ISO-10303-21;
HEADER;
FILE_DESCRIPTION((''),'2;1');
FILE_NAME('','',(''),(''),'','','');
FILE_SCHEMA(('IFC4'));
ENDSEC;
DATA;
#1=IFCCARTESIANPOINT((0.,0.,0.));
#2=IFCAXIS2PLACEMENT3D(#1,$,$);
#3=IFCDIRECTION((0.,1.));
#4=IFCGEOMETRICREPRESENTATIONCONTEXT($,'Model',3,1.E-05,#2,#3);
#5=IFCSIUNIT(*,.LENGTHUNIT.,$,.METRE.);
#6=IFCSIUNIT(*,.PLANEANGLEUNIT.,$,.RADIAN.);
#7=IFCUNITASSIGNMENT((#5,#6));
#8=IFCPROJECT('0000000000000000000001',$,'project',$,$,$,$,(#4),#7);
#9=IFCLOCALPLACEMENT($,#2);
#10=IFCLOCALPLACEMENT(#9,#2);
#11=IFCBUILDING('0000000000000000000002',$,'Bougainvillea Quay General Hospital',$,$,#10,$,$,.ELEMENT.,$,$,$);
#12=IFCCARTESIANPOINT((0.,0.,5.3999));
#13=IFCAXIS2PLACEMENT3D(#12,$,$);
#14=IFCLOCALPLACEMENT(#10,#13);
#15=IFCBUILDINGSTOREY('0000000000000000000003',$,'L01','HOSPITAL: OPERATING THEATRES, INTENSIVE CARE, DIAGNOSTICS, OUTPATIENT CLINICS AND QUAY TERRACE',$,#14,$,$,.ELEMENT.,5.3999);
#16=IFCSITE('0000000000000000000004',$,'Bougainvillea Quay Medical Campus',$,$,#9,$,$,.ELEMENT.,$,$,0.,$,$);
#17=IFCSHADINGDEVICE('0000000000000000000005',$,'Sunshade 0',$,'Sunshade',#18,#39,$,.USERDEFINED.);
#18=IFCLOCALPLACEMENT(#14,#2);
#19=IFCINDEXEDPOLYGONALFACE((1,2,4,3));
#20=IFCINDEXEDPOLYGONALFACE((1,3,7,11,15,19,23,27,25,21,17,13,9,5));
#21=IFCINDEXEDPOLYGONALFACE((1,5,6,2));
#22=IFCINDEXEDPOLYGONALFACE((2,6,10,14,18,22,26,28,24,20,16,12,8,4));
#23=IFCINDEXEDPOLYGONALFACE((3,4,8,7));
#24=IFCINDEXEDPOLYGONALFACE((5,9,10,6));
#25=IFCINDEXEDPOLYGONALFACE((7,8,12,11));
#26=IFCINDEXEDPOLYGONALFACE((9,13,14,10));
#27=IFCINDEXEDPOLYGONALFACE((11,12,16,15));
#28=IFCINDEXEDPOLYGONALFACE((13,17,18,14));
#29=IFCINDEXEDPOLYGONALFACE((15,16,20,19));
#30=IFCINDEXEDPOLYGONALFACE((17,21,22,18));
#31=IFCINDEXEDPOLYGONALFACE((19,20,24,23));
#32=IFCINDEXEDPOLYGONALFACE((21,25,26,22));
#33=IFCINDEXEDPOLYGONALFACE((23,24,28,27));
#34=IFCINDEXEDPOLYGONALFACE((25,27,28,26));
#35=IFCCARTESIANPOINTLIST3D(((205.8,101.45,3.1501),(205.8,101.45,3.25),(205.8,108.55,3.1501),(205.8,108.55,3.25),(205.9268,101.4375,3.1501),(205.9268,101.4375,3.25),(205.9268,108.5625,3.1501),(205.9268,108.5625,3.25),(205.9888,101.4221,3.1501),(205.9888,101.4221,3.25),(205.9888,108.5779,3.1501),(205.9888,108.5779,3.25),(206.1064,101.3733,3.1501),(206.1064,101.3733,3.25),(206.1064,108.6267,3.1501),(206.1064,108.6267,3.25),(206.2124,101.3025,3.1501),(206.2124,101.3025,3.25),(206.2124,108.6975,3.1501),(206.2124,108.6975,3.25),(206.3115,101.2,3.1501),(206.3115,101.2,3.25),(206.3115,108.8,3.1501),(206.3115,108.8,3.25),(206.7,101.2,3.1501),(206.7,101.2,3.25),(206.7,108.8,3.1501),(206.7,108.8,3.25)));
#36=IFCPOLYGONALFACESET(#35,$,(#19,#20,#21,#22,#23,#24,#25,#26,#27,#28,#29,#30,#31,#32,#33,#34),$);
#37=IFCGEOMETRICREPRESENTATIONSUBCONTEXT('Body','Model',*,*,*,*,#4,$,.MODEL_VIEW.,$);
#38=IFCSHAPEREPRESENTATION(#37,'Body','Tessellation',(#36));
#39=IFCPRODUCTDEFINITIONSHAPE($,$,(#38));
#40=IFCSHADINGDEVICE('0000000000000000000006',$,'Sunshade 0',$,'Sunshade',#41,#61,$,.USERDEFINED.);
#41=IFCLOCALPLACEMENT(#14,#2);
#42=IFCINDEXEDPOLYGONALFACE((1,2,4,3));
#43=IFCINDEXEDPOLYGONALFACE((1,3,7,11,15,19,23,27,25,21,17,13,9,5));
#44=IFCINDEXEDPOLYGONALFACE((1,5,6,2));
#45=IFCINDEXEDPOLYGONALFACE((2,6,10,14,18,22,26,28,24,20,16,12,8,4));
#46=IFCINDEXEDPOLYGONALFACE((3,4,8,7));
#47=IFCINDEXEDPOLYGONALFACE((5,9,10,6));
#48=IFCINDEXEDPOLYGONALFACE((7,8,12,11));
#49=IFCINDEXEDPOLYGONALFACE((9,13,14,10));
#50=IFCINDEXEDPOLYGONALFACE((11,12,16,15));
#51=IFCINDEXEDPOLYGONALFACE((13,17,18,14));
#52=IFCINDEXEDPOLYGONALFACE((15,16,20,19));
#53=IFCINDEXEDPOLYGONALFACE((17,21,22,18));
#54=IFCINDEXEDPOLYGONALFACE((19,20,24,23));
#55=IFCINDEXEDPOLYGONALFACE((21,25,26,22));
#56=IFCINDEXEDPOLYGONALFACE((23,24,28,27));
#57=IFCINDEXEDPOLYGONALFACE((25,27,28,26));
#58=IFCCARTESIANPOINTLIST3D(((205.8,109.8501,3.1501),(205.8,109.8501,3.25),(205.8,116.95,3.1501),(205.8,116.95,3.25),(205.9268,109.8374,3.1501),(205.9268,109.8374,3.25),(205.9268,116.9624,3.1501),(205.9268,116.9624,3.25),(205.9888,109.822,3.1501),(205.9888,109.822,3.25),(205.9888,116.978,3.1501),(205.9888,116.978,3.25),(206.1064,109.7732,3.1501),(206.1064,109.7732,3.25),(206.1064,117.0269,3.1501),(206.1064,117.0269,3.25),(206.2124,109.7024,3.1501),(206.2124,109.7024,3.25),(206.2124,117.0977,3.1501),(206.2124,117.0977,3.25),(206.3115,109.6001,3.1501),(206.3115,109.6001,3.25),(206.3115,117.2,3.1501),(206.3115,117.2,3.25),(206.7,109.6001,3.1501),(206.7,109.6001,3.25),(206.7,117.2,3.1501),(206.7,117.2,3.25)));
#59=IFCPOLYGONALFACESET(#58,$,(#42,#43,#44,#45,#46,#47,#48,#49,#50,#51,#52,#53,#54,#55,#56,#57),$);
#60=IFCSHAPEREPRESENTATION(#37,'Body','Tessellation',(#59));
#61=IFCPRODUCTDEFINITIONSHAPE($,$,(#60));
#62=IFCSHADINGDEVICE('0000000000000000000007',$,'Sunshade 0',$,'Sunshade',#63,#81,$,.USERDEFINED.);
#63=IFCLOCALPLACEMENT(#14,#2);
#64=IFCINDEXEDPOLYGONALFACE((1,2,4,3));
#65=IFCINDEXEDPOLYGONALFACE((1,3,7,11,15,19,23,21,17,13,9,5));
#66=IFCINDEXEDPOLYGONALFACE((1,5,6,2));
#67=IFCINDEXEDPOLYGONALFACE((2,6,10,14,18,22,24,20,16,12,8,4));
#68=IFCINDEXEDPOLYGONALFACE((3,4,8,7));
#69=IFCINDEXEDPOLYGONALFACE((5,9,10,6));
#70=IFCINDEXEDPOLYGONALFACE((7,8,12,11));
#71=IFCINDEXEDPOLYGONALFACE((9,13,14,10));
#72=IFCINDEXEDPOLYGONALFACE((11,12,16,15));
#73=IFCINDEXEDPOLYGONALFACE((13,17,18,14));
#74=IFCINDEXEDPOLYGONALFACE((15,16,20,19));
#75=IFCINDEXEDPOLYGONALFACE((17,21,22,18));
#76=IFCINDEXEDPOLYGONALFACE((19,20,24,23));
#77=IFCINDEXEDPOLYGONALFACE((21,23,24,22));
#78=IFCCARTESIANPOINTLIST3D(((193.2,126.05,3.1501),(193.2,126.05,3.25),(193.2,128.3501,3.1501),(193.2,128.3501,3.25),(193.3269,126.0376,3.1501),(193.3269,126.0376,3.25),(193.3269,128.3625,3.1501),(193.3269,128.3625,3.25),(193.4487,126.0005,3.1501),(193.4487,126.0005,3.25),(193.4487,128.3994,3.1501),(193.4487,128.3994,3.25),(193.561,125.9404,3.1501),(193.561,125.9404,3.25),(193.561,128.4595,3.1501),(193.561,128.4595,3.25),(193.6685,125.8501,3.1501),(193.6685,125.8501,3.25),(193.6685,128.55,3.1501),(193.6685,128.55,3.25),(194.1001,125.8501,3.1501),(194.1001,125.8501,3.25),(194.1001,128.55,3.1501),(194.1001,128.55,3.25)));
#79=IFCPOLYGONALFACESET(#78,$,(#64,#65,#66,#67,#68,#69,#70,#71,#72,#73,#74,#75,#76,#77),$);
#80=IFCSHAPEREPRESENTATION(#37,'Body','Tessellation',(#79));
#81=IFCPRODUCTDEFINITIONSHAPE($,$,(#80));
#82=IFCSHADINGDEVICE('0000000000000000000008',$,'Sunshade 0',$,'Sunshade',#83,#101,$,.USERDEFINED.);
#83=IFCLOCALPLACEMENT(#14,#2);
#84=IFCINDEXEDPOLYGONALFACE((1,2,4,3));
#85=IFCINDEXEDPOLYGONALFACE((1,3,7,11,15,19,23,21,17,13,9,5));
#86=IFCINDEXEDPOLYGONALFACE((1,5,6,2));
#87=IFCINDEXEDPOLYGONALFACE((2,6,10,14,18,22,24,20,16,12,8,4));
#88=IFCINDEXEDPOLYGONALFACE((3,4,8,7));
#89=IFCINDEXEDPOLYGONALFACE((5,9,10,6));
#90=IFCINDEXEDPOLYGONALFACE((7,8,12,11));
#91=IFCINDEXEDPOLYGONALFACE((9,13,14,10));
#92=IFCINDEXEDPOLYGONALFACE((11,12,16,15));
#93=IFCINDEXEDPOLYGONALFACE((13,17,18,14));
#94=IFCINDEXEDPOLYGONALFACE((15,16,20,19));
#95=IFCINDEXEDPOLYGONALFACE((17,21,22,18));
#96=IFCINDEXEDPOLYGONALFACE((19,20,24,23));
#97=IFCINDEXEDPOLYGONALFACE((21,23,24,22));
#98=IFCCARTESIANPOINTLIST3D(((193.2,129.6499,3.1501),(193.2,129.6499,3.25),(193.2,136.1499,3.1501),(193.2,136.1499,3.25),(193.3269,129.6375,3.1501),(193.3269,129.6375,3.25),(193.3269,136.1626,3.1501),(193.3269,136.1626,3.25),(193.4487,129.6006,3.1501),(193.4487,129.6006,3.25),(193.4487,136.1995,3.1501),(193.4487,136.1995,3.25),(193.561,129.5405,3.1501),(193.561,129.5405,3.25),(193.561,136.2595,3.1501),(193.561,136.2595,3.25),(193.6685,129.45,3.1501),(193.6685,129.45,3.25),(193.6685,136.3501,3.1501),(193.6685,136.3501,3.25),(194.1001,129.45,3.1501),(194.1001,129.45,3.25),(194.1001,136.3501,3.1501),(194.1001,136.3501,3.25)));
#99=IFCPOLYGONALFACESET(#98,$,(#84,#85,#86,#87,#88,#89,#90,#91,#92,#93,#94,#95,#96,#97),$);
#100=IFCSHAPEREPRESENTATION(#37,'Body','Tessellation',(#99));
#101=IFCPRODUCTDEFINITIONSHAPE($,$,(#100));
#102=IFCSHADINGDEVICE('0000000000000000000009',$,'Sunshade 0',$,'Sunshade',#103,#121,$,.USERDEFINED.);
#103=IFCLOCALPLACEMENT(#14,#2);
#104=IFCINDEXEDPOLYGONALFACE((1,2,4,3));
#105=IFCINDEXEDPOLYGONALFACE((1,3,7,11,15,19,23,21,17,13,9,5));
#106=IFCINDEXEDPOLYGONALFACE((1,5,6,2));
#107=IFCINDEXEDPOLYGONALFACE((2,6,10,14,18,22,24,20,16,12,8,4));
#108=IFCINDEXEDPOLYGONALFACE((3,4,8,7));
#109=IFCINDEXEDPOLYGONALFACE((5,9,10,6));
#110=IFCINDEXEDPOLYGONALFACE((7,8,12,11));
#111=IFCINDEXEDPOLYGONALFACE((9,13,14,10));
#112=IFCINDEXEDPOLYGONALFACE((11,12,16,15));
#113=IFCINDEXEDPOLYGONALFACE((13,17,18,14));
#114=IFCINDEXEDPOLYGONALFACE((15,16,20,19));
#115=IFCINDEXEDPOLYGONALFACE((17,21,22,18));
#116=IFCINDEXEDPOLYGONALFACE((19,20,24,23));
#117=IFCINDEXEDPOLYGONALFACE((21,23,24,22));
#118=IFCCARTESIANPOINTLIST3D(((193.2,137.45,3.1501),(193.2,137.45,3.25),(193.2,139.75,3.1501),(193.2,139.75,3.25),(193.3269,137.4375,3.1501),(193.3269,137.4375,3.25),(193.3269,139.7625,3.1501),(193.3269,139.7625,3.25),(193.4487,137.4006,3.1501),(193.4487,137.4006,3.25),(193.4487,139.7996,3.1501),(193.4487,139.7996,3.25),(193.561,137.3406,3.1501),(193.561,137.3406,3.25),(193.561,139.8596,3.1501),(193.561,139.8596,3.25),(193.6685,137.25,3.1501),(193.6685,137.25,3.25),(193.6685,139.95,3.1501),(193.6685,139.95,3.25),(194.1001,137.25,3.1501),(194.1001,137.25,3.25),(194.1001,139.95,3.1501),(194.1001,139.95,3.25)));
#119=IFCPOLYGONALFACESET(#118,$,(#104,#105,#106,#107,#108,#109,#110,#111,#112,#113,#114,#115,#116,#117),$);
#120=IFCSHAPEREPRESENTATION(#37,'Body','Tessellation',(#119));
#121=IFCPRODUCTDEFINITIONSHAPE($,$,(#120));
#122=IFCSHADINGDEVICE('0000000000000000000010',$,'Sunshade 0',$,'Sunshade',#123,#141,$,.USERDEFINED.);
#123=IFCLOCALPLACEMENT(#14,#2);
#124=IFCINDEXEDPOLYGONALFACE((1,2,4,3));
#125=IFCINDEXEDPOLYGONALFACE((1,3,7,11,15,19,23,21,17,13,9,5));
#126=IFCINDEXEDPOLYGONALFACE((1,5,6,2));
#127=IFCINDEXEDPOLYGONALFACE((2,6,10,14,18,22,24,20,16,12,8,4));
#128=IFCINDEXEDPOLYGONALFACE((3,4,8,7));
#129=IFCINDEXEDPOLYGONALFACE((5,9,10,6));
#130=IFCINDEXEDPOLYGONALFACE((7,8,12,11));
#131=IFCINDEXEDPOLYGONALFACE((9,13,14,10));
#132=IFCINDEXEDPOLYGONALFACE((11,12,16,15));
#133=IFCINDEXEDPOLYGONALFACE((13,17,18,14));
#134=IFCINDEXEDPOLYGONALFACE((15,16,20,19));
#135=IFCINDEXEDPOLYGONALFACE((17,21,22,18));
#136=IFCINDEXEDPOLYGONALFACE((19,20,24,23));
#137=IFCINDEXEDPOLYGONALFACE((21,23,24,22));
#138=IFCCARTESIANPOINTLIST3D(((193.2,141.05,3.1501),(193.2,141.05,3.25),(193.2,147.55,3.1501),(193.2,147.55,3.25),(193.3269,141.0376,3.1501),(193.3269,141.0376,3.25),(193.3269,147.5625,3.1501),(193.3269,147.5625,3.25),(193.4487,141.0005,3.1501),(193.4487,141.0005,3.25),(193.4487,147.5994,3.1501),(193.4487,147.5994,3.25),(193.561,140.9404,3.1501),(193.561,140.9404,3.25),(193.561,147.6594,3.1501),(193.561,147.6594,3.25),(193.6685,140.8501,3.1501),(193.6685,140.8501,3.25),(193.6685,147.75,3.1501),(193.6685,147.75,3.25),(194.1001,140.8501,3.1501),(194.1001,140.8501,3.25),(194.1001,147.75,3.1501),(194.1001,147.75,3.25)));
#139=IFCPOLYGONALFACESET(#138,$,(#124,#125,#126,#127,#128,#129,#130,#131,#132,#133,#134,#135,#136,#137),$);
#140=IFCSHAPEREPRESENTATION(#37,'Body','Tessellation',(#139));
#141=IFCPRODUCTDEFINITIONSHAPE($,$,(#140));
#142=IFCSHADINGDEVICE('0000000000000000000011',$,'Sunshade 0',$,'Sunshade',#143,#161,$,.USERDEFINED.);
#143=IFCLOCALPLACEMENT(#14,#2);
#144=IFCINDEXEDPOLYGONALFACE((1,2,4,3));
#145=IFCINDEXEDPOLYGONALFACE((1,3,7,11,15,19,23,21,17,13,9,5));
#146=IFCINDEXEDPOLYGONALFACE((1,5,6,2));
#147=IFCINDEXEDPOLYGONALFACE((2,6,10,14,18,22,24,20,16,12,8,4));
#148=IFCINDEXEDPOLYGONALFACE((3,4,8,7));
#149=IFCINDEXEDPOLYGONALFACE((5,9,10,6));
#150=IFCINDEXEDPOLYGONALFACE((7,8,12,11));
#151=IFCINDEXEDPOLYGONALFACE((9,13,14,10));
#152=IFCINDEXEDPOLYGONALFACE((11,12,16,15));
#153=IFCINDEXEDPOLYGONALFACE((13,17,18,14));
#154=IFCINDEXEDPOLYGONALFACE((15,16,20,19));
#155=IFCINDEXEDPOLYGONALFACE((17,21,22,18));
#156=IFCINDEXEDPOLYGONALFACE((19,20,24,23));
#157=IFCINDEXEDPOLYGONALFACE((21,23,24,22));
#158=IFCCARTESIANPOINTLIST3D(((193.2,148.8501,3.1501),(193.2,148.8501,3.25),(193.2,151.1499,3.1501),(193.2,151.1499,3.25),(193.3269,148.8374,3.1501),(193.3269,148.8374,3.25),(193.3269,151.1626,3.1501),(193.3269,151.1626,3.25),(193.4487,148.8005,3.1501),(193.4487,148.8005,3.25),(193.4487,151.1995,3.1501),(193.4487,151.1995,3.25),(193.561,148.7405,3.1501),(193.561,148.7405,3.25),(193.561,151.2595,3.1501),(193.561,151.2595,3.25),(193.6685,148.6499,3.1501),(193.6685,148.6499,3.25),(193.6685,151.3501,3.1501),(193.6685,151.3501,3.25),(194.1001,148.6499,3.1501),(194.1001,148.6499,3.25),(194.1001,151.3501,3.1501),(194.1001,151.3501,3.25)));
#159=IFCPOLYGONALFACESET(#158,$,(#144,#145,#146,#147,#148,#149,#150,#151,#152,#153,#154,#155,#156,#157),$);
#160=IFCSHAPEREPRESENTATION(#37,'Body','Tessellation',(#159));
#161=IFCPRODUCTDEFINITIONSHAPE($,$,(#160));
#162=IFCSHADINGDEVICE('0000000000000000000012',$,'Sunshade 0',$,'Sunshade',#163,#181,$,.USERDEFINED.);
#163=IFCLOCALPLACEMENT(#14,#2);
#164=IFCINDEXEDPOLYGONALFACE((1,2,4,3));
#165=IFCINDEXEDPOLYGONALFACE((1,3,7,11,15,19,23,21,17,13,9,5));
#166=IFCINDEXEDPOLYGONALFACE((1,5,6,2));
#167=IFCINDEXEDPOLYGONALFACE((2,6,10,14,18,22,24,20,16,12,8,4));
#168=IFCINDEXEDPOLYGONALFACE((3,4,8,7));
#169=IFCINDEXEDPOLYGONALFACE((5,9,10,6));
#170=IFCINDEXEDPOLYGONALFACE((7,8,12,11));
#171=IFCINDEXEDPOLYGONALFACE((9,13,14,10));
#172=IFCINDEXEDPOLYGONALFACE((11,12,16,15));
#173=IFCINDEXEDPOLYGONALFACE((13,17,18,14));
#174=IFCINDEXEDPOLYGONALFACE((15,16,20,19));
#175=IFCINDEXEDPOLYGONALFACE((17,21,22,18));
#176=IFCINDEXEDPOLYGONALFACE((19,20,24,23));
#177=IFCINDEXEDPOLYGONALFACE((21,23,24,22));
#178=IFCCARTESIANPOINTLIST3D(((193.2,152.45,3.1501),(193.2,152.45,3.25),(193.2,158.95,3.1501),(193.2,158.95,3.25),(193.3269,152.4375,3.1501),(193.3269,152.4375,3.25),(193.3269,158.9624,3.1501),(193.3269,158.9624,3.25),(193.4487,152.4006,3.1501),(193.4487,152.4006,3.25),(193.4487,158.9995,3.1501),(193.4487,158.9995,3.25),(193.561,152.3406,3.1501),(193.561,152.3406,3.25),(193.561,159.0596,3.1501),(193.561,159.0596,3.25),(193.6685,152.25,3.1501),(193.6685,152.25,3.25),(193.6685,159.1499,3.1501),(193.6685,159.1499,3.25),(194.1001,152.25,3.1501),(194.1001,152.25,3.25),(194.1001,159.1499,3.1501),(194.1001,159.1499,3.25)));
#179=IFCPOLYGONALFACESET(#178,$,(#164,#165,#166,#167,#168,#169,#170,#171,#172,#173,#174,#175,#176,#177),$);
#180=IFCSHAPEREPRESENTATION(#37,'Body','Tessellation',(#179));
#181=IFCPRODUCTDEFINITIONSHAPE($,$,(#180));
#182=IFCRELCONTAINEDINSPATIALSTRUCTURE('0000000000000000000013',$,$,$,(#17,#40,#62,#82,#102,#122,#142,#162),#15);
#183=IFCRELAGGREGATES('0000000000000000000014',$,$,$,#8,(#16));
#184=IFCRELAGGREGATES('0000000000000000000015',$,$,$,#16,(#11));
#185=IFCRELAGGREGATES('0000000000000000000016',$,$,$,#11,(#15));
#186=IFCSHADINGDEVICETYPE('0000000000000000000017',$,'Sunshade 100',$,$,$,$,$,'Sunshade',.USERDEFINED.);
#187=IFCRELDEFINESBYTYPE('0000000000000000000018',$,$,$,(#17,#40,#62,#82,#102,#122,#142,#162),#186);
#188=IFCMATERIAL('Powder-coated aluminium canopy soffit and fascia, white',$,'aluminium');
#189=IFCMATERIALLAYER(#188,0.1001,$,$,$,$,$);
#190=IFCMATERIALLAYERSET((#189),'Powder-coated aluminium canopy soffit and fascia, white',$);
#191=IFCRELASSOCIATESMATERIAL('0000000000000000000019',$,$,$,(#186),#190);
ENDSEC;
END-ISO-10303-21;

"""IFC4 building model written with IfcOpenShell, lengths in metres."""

from ifc_helpers import new_model, si_unit, direction, frame, origin, place, context, subcontext, project, spatial, polyline, outline, extrude, material, layer, layer_set, type_object, element, save


model = new_model("IFC4")

# Units and contexts
model_context = context("Model", 3, precision=1e-05, world=origin(), true_north=direction((0.0, 1.0)))
body_context = subcontext(model_context, "Body", "Model", "MODEL_VIEW")
ifc_project = project(units=[si_unit("LENGTHUNIT", "METRE"), si_unit("PLANEANGLEUNIT", "RADIAN")], contexts=[model_context])

# Site, building, storey
site_placement = place(None, origin())
site = spatial("IfcSite", under=ifc_project, at=site_placement, Name="Bougainvillea Quay Medical Campus", CompositionType="ELEMENT", RefElevation=0.0)
building_placement = place(site_placement, origin())
building = spatial("IfcBuilding", under=site, at=building_placement, Name="Bougainvillea Quay General Hospital", CompositionType="ELEMENT")
storey_placement = place(building_placement, frame((0.0, 0.0, 5.3999)))
storey = spatial("IfcBuildingStorey", under=building, at=storey_placement, Name="L01", Description="HOSPITAL: OPERATING THEATRES, INTENSIVE CARE, DIAGNOSTICS, OUTPATIENT CLINICS AND QUAY TERRACE", CompositionType="ELEMENT", Elevation=5.3999)

# Shading devices
ifc_material_1 = material(Name="Powder-coated aluminium canopy soffit and fascia, white", Category="aluminium")
ifc_layer_1 = layer(ifc_material_1, 0.1001)
ifc_layer_set_1 = layer_set([ifc_layer_1], Name="Powder-coated aluminium canopy soffit and fascia, white")
shading_device_type = type_object("IfcShadingDeviceType", Name="Sunshade 100", ElementType="Sunshade", PredefinedType="USERDEFINED", material=ifc_layer_set_1)
shading_device_1_placement = place(storey_placement, frame((0.0, 0.0, 3.1501)))
element("IfcShadingDevice", 1, at=shading_device_1_placement, inside=storey, type_object=shading_device_type, Name="Sunshade 0", ObjectType="Sunshade", PredefinedType="USERDEFINED", context=body_context, shape_type="SweptSolid", body=[
    extrude(outline(polyline([(205.8, 108.55), (205.8, 101.45), (205.9268, 101.4375), (205.9888, 101.4221), (206.1064, 101.3733), (206.2124, 101.3025), (206.3115, 101.2), (206.7, 101.2), (206.7, 108.8), (206.3115, 108.8), (206.2124, 108.6975), (206.1064, 108.6267), (205.9888, 108.5779), (205.9268, 108.5625), (205.8, 108.55)])), origin(), (0.0, 0.0, 1.0), 0.0999),
])
shading_device_2_placement = place(storey_placement, frame((0.0, 0.0, 3.1501)))
element("IfcShadingDevice", 2, at=shading_device_2_placement, inside=storey, type_object=shading_device_type, Name="Sunshade 0", ObjectType="Sunshade", PredefinedType="USERDEFINED", context=body_context, shape_type="SweptSolid", body=[
    extrude(outline(polyline([(205.8, 116.95), (205.8, 109.8501), (205.9268, 109.8374), (205.9888, 109.822), (206.1064, 109.7732), (206.2124, 109.7024), (206.3115, 109.6001), (206.7, 109.6001), (206.7, 117.2), (206.3115, 117.2), (206.2124, 117.0977), (206.1064, 117.0269), (205.9888, 116.978), (205.9268, 116.9624), (205.8, 116.95)])), origin(), (0.0, 0.0, 1.0), 0.0999),
])
shading_device_3_placement = place(storey_placement, frame((0.0, 0.0, 3.1501)))
element("IfcShadingDevice", 3, at=shading_device_3_placement, inside=storey, type_object=shading_device_type, Name="Sunshade 0", ObjectType="Sunshade", PredefinedType="USERDEFINED", context=body_context, shape_type="SweptSolid", body=[
    extrude(outline(polyline([(193.2, 128.3501), (193.2, 126.05), (193.3269, 126.0376), (193.4487, 126.0005), (193.561, 125.9404), (193.6685, 125.8501), (194.1001, 125.8501), (194.1001, 128.55), (193.6685, 128.55), (193.561, 128.4595), (193.4487, 128.3994), (193.3269, 128.3625), (193.2, 128.3501)])), origin(), (0.0, 0.0, 1.0), 0.0999),
])
shading_device_4_placement = place(storey_placement, frame((0.0, 0.0, 3.1501)))
element("IfcShadingDevice", 4, at=shading_device_4_placement, inside=storey, type_object=shading_device_type, Name="Sunshade 0", ObjectType="Sunshade", PredefinedType="USERDEFINED", context=body_context, shape_type="SweptSolid", body=[
    extrude(outline(polyline([(193.2, 136.1499), (193.2, 129.6499), (193.3269, 129.6375), (193.4487, 129.6006), (193.561, 129.5405), (193.6685, 129.45), (194.1001, 129.45), (194.1001, 136.3501), (193.6685, 136.3501), (193.561, 136.2595), (193.4487, 136.1995), (193.3269, 136.1626), (193.2, 136.1499)])), origin(), (0.0, 0.0, 1.0), 0.0999),
])
shading_device_5_placement = place(storey_placement, frame((0.0, 0.0, 3.1501)))
element("IfcShadingDevice", 5, at=shading_device_5_placement, inside=storey, type_object=shading_device_type, Name="Sunshade 0", ObjectType="Sunshade", PredefinedType="USERDEFINED", context=body_context, shape_type="SweptSolid", body=[
    extrude(outline(polyline([(193.2, 139.75), (193.2, 137.45), (193.3269, 137.4375), (193.4487, 137.4006), (193.561, 137.3406), (193.6685, 137.25), (194.1001, 137.25), (194.1001, 139.95), (193.6685, 139.95), (193.561, 139.8596), (193.4487, 139.7996), (193.3269, 139.7625), (193.2, 139.75)])), origin(), (0.0, 0.0, 1.0), 0.0999),
])
shading_device_6_placement = place(storey_placement, frame((0.0, 0.0, 3.1501)))
element("IfcShadingDevice", 6, at=shading_device_6_placement, inside=storey, type_object=shading_device_type, Name="Sunshade 0", ObjectType="Sunshade", PredefinedType="USERDEFINED", context=body_context, shape_type="SweptSolid", body=[
    extrude(outline(polyline([(193.2, 147.55), (193.2, 141.05), (193.3269, 141.0376), (193.4487, 141.0005), (193.561, 140.9404), (193.6685, 140.8501), (194.1001, 140.8501), (194.1001, 147.75), (193.6685, 147.75), (193.561, 147.6594), (193.4487, 147.5994), (193.3269, 147.5625), (193.2, 147.55)])), origin(), (0.0, 0.0, 1.0), 0.0999),
])
shading_device_7_placement = place(storey_placement, frame((0.0, 0.0, 3.1501)))
element("IfcShadingDevice", 7, at=shading_device_7_placement, inside=storey, type_object=shading_device_type, Name="Sunshade 0", ObjectType="Sunshade", PredefinedType="USERDEFINED", context=body_context, shape_type="SweptSolid", body=[
    extrude(outline(polyline([(193.2, 151.1499), (193.2, 148.8501), (193.3269, 148.8374), (193.4487, 148.8005), (193.561, 148.7405), (193.6685, 148.6499), (194.1001, 148.6499), (194.1001, 151.3501), (193.6685, 151.3501), (193.561, 151.2595), (193.4487, 151.1995), (193.3269, 151.1626), (193.2, 151.1499)])), origin(), (0.0, 0.0, 1.0), 0.0999),
])
shading_device_8_placement = place(storey_placement, frame((0.0, 0.0, 3.1501)))
element("IfcShadingDevice", 8, at=shading_device_8_placement, inside=storey, type_object=shading_device_type, Name="Sunshade 0", ObjectType="Sunshade", PredefinedType="USERDEFINED", context=body_context, shape_type="SweptSolid", body=[
    extrude(outline(polyline([(193.2, 158.95), (193.2, 152.45), (193.3269, 152.4375), (193.4487, 152.4006), (193.561, 152.3406), (193.6685, 152.25), (194.1001, 152.25), (194.1001, 159.1499), (193.6685, 159.1499), (193.561, 159.0596), (193.4487, 158.9995), (193.3269, 158.9624), (193.2, 158.95)])), origin(), (0.0, 0.0, 1.0), 0.0999),
])

save(model, "model.ifc")
